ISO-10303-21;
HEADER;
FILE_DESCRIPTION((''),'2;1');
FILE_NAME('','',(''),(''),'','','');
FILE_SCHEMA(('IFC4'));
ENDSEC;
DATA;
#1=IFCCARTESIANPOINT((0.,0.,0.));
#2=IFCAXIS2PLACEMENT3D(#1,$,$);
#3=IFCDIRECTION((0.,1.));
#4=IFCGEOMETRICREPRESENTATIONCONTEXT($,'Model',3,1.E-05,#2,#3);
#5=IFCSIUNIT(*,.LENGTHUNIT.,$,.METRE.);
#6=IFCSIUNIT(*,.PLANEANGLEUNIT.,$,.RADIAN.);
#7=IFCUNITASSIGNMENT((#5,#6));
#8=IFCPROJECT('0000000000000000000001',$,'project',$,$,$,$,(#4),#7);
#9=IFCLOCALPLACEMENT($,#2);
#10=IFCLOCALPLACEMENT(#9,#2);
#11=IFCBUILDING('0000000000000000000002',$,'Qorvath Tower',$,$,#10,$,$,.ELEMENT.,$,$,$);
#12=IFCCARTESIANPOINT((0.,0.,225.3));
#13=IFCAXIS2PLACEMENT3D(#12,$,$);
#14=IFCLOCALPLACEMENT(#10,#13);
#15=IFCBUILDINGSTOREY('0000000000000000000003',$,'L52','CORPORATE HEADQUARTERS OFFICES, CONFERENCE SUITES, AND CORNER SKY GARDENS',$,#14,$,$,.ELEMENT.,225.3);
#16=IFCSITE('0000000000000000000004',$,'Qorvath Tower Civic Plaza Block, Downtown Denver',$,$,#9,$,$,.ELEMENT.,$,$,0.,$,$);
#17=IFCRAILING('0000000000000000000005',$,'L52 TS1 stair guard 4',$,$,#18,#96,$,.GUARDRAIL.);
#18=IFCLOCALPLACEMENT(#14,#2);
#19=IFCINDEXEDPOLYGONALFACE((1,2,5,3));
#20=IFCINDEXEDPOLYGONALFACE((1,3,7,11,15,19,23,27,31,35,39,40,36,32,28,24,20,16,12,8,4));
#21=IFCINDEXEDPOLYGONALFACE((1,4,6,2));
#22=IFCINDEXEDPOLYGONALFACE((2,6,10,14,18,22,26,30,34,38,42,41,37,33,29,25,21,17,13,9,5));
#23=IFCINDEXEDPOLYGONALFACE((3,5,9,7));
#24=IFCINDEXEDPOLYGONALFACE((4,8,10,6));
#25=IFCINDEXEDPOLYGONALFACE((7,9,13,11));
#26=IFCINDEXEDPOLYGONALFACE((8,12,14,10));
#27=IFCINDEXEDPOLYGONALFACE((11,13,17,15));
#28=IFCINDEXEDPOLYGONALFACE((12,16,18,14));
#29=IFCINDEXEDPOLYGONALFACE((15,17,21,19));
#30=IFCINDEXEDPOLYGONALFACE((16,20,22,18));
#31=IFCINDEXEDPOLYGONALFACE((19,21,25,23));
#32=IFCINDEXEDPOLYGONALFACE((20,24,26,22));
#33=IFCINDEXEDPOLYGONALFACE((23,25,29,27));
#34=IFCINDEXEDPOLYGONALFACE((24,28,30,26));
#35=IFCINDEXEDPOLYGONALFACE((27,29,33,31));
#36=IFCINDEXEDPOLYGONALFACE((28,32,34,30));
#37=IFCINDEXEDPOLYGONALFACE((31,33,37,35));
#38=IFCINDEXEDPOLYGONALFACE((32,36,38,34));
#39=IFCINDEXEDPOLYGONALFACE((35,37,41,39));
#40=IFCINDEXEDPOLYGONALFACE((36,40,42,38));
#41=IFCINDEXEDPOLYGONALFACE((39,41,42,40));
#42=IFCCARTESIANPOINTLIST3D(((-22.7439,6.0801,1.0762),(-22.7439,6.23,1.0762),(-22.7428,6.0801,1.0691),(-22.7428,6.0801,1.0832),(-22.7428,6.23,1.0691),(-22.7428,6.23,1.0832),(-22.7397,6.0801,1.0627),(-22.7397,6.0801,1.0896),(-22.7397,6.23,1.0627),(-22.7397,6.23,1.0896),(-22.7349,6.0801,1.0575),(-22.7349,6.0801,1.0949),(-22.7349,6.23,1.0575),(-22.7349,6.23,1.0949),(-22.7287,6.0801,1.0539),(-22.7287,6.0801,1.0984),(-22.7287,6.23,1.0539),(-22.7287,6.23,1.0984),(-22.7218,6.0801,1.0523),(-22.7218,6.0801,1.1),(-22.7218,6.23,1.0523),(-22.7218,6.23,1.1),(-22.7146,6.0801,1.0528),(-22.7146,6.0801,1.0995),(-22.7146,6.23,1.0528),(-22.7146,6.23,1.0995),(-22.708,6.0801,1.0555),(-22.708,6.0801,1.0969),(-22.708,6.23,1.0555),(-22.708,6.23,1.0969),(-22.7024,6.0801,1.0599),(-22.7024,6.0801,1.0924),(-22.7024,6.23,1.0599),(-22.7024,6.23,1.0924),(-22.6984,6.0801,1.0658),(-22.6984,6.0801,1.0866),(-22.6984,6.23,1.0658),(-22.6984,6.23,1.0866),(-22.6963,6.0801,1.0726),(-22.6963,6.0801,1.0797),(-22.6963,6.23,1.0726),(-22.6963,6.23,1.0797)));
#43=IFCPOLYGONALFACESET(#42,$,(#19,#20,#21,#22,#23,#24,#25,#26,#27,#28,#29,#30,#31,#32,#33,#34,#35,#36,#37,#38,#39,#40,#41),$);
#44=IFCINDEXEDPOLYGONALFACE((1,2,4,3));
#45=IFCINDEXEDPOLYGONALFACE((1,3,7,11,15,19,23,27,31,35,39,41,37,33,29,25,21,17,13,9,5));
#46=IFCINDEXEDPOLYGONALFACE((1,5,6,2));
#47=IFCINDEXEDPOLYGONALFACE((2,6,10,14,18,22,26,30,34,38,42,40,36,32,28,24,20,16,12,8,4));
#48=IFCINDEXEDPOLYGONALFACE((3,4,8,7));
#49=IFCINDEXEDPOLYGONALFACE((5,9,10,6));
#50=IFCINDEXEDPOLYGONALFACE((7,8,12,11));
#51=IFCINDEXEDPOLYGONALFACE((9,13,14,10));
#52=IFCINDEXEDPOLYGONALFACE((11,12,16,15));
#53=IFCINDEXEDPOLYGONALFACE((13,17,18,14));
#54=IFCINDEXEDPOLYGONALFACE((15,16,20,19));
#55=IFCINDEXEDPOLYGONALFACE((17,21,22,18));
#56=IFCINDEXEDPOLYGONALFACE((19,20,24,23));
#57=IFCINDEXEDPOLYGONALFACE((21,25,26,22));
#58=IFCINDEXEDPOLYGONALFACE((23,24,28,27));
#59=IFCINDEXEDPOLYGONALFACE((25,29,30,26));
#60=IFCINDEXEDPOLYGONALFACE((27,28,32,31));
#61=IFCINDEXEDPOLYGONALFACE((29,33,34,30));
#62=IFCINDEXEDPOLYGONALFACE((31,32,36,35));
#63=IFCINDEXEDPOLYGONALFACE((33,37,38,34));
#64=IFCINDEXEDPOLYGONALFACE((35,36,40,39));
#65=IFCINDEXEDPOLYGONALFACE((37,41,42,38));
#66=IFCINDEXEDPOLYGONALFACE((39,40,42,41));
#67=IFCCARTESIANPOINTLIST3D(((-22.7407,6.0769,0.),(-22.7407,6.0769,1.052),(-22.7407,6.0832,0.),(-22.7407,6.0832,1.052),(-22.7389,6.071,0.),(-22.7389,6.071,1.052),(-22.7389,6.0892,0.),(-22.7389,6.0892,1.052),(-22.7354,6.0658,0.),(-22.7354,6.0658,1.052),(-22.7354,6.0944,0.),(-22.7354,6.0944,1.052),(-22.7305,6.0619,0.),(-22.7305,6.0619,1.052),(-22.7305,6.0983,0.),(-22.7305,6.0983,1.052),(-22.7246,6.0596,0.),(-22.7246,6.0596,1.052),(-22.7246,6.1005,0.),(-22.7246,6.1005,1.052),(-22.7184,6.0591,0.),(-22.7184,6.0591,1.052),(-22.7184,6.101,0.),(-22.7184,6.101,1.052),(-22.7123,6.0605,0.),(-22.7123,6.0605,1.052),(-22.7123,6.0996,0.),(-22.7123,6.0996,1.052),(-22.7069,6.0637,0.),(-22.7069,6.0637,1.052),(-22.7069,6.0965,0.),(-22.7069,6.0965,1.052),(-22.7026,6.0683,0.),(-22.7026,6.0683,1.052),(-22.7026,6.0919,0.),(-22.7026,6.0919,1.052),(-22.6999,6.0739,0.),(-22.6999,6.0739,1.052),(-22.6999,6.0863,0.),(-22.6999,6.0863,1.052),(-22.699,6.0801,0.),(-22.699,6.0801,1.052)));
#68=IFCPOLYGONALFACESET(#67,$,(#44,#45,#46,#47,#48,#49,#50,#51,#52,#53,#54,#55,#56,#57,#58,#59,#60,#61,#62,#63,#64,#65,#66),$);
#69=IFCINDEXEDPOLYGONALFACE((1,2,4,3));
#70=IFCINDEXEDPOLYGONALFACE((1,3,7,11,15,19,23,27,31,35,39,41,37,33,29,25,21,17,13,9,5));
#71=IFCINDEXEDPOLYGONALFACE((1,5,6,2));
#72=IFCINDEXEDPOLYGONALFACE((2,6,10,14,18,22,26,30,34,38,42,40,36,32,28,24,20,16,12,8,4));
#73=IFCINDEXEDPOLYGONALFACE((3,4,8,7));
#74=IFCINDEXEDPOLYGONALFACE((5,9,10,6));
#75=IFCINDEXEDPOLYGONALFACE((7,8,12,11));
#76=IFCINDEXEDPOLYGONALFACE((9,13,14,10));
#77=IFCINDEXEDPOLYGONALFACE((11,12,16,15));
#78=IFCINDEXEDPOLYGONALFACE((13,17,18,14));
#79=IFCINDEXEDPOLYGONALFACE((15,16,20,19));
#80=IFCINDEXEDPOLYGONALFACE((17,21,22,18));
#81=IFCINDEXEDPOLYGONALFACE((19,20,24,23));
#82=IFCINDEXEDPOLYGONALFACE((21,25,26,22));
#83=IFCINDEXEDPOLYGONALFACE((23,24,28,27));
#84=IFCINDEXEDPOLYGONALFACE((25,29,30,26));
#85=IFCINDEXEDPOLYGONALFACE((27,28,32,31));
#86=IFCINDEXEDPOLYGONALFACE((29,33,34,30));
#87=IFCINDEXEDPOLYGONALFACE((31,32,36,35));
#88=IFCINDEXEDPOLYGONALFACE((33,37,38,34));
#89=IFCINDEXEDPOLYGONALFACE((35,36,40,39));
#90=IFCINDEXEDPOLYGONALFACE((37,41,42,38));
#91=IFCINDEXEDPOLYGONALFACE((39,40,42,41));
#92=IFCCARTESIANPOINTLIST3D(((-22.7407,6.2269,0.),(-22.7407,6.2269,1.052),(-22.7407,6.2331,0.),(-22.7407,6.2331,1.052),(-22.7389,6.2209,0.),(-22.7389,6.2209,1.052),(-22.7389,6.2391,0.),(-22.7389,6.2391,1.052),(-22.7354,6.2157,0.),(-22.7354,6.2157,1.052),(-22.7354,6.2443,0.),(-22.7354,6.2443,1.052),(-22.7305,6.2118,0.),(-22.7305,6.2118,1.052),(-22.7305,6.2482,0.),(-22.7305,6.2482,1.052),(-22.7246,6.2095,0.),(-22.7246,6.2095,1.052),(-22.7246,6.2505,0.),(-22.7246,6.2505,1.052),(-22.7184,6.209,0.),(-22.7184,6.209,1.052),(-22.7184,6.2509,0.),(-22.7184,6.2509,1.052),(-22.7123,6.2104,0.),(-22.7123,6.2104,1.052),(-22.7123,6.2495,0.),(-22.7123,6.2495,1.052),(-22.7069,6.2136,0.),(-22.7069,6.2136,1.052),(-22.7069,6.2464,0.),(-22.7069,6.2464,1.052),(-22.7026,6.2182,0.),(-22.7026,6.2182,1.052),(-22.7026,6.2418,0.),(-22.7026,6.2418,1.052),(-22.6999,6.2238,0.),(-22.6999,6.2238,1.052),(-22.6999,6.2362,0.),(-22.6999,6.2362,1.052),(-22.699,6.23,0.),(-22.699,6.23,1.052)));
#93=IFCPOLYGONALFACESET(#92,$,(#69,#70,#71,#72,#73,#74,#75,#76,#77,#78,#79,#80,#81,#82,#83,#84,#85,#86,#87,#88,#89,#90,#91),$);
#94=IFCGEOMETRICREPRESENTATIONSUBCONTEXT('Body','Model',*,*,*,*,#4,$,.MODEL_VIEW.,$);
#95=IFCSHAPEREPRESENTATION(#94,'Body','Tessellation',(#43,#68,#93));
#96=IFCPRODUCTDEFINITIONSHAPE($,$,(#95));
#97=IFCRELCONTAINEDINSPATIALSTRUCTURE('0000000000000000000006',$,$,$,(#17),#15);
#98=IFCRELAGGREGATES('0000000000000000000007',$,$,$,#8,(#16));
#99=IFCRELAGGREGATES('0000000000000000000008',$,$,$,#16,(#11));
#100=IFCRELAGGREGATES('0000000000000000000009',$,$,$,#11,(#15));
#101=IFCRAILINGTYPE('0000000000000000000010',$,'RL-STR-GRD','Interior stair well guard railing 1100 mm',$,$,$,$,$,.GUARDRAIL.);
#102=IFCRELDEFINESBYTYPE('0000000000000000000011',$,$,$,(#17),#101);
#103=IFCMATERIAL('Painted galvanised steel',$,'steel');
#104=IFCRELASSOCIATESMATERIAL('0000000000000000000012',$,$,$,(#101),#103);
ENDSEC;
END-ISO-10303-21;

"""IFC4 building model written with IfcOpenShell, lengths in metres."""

from ifc_helpers import new_model, si_unit, direction, frame, origin, origin_2d, place, context, subcontext, project, spatial, circle, extrude, material, type_object, element, save


model = new_model("IFC4")

# Units and contexts
model_context = context("Model", 3, precision=1e-05, world=origin(), true_north=direction((0.0, 1.0)))
body_context = subcontext(model_context, "Body", "Model", "MODEL_VIEW")
ifc_project = project(units=[si_unit("LENGTHUNIT", "METRE"), si_unit("PLANEANGLEUNIT", "RADIAN")], contexts=[model_context])

# Site, building, storey
site_placement = place(None, origin())
site = spatial("IfcSite", under=ifc_project, at=site_placement, Name="Qorvath Tower Civic Plaza Block, Downtown Denver", CompositionType="ELEMENT", RefElevation=0.0)
building_placement = place(site_placement, origin())
building = spatial("IfcBuilding", under=site, at=building_placement, Name="Qorvath Tower", CompositionType="ELEMENT")
storey_placement = place(building_placement, frame((0.0, 0.0, 225.3)))
storey = spatial("IfcBuildingStorey", under=building, at=storey_placement, Name="L52", Description="CORPORATE HEADQUARTERS OFFICES, CONFERENCE SUITES, AND CORNER SKY GARDENS", CompositionType="ELEMENT", Elevation=225.3)

# Railing
ifc_material_1 = material(Name="Painted galvanised steel", Category="steel")
railing_type_1 = type_object("IfcRailingType", Name="RL-STR-GRD", Description="Interior stair well guard railing 1100 mm", PredefinedType="GUARDRAIL", material=ifc_material_1)
railing_1_placement = place(storey_placement, frame((-22.72, 6.0801, 0.0)))
element("IfcRailing", 1, at=railing_1_placement, inside=storey, type_object=railing_type_1, Name="L52 TS1 stair guard 4", PredefinedType="GUARDRAIL", context=body_context, shape_type="SweptSolid", body=[
    extrude(circle(Radius=0.0239, at=origin_2d()), frame((0.0, 0.0, 1.0762), z_axis=(0.0, 1.0, 0.0), x_axis=(-1.0, 0.0, 0.0)), (0.0, 0.0, 1.0), 0.1499),
    extrude(circle(Radius=0.021, at=origin_2d()), origin(), (0.0, 0.0, 1.0), 1.052),
    extrude(circle(Radius=0.021, at=origin_2d()), frame((0.0, 0.1499, 0.0)), (0.0, 0.0, 1.0), 1.052),
])

save(model, "model.ifc")
